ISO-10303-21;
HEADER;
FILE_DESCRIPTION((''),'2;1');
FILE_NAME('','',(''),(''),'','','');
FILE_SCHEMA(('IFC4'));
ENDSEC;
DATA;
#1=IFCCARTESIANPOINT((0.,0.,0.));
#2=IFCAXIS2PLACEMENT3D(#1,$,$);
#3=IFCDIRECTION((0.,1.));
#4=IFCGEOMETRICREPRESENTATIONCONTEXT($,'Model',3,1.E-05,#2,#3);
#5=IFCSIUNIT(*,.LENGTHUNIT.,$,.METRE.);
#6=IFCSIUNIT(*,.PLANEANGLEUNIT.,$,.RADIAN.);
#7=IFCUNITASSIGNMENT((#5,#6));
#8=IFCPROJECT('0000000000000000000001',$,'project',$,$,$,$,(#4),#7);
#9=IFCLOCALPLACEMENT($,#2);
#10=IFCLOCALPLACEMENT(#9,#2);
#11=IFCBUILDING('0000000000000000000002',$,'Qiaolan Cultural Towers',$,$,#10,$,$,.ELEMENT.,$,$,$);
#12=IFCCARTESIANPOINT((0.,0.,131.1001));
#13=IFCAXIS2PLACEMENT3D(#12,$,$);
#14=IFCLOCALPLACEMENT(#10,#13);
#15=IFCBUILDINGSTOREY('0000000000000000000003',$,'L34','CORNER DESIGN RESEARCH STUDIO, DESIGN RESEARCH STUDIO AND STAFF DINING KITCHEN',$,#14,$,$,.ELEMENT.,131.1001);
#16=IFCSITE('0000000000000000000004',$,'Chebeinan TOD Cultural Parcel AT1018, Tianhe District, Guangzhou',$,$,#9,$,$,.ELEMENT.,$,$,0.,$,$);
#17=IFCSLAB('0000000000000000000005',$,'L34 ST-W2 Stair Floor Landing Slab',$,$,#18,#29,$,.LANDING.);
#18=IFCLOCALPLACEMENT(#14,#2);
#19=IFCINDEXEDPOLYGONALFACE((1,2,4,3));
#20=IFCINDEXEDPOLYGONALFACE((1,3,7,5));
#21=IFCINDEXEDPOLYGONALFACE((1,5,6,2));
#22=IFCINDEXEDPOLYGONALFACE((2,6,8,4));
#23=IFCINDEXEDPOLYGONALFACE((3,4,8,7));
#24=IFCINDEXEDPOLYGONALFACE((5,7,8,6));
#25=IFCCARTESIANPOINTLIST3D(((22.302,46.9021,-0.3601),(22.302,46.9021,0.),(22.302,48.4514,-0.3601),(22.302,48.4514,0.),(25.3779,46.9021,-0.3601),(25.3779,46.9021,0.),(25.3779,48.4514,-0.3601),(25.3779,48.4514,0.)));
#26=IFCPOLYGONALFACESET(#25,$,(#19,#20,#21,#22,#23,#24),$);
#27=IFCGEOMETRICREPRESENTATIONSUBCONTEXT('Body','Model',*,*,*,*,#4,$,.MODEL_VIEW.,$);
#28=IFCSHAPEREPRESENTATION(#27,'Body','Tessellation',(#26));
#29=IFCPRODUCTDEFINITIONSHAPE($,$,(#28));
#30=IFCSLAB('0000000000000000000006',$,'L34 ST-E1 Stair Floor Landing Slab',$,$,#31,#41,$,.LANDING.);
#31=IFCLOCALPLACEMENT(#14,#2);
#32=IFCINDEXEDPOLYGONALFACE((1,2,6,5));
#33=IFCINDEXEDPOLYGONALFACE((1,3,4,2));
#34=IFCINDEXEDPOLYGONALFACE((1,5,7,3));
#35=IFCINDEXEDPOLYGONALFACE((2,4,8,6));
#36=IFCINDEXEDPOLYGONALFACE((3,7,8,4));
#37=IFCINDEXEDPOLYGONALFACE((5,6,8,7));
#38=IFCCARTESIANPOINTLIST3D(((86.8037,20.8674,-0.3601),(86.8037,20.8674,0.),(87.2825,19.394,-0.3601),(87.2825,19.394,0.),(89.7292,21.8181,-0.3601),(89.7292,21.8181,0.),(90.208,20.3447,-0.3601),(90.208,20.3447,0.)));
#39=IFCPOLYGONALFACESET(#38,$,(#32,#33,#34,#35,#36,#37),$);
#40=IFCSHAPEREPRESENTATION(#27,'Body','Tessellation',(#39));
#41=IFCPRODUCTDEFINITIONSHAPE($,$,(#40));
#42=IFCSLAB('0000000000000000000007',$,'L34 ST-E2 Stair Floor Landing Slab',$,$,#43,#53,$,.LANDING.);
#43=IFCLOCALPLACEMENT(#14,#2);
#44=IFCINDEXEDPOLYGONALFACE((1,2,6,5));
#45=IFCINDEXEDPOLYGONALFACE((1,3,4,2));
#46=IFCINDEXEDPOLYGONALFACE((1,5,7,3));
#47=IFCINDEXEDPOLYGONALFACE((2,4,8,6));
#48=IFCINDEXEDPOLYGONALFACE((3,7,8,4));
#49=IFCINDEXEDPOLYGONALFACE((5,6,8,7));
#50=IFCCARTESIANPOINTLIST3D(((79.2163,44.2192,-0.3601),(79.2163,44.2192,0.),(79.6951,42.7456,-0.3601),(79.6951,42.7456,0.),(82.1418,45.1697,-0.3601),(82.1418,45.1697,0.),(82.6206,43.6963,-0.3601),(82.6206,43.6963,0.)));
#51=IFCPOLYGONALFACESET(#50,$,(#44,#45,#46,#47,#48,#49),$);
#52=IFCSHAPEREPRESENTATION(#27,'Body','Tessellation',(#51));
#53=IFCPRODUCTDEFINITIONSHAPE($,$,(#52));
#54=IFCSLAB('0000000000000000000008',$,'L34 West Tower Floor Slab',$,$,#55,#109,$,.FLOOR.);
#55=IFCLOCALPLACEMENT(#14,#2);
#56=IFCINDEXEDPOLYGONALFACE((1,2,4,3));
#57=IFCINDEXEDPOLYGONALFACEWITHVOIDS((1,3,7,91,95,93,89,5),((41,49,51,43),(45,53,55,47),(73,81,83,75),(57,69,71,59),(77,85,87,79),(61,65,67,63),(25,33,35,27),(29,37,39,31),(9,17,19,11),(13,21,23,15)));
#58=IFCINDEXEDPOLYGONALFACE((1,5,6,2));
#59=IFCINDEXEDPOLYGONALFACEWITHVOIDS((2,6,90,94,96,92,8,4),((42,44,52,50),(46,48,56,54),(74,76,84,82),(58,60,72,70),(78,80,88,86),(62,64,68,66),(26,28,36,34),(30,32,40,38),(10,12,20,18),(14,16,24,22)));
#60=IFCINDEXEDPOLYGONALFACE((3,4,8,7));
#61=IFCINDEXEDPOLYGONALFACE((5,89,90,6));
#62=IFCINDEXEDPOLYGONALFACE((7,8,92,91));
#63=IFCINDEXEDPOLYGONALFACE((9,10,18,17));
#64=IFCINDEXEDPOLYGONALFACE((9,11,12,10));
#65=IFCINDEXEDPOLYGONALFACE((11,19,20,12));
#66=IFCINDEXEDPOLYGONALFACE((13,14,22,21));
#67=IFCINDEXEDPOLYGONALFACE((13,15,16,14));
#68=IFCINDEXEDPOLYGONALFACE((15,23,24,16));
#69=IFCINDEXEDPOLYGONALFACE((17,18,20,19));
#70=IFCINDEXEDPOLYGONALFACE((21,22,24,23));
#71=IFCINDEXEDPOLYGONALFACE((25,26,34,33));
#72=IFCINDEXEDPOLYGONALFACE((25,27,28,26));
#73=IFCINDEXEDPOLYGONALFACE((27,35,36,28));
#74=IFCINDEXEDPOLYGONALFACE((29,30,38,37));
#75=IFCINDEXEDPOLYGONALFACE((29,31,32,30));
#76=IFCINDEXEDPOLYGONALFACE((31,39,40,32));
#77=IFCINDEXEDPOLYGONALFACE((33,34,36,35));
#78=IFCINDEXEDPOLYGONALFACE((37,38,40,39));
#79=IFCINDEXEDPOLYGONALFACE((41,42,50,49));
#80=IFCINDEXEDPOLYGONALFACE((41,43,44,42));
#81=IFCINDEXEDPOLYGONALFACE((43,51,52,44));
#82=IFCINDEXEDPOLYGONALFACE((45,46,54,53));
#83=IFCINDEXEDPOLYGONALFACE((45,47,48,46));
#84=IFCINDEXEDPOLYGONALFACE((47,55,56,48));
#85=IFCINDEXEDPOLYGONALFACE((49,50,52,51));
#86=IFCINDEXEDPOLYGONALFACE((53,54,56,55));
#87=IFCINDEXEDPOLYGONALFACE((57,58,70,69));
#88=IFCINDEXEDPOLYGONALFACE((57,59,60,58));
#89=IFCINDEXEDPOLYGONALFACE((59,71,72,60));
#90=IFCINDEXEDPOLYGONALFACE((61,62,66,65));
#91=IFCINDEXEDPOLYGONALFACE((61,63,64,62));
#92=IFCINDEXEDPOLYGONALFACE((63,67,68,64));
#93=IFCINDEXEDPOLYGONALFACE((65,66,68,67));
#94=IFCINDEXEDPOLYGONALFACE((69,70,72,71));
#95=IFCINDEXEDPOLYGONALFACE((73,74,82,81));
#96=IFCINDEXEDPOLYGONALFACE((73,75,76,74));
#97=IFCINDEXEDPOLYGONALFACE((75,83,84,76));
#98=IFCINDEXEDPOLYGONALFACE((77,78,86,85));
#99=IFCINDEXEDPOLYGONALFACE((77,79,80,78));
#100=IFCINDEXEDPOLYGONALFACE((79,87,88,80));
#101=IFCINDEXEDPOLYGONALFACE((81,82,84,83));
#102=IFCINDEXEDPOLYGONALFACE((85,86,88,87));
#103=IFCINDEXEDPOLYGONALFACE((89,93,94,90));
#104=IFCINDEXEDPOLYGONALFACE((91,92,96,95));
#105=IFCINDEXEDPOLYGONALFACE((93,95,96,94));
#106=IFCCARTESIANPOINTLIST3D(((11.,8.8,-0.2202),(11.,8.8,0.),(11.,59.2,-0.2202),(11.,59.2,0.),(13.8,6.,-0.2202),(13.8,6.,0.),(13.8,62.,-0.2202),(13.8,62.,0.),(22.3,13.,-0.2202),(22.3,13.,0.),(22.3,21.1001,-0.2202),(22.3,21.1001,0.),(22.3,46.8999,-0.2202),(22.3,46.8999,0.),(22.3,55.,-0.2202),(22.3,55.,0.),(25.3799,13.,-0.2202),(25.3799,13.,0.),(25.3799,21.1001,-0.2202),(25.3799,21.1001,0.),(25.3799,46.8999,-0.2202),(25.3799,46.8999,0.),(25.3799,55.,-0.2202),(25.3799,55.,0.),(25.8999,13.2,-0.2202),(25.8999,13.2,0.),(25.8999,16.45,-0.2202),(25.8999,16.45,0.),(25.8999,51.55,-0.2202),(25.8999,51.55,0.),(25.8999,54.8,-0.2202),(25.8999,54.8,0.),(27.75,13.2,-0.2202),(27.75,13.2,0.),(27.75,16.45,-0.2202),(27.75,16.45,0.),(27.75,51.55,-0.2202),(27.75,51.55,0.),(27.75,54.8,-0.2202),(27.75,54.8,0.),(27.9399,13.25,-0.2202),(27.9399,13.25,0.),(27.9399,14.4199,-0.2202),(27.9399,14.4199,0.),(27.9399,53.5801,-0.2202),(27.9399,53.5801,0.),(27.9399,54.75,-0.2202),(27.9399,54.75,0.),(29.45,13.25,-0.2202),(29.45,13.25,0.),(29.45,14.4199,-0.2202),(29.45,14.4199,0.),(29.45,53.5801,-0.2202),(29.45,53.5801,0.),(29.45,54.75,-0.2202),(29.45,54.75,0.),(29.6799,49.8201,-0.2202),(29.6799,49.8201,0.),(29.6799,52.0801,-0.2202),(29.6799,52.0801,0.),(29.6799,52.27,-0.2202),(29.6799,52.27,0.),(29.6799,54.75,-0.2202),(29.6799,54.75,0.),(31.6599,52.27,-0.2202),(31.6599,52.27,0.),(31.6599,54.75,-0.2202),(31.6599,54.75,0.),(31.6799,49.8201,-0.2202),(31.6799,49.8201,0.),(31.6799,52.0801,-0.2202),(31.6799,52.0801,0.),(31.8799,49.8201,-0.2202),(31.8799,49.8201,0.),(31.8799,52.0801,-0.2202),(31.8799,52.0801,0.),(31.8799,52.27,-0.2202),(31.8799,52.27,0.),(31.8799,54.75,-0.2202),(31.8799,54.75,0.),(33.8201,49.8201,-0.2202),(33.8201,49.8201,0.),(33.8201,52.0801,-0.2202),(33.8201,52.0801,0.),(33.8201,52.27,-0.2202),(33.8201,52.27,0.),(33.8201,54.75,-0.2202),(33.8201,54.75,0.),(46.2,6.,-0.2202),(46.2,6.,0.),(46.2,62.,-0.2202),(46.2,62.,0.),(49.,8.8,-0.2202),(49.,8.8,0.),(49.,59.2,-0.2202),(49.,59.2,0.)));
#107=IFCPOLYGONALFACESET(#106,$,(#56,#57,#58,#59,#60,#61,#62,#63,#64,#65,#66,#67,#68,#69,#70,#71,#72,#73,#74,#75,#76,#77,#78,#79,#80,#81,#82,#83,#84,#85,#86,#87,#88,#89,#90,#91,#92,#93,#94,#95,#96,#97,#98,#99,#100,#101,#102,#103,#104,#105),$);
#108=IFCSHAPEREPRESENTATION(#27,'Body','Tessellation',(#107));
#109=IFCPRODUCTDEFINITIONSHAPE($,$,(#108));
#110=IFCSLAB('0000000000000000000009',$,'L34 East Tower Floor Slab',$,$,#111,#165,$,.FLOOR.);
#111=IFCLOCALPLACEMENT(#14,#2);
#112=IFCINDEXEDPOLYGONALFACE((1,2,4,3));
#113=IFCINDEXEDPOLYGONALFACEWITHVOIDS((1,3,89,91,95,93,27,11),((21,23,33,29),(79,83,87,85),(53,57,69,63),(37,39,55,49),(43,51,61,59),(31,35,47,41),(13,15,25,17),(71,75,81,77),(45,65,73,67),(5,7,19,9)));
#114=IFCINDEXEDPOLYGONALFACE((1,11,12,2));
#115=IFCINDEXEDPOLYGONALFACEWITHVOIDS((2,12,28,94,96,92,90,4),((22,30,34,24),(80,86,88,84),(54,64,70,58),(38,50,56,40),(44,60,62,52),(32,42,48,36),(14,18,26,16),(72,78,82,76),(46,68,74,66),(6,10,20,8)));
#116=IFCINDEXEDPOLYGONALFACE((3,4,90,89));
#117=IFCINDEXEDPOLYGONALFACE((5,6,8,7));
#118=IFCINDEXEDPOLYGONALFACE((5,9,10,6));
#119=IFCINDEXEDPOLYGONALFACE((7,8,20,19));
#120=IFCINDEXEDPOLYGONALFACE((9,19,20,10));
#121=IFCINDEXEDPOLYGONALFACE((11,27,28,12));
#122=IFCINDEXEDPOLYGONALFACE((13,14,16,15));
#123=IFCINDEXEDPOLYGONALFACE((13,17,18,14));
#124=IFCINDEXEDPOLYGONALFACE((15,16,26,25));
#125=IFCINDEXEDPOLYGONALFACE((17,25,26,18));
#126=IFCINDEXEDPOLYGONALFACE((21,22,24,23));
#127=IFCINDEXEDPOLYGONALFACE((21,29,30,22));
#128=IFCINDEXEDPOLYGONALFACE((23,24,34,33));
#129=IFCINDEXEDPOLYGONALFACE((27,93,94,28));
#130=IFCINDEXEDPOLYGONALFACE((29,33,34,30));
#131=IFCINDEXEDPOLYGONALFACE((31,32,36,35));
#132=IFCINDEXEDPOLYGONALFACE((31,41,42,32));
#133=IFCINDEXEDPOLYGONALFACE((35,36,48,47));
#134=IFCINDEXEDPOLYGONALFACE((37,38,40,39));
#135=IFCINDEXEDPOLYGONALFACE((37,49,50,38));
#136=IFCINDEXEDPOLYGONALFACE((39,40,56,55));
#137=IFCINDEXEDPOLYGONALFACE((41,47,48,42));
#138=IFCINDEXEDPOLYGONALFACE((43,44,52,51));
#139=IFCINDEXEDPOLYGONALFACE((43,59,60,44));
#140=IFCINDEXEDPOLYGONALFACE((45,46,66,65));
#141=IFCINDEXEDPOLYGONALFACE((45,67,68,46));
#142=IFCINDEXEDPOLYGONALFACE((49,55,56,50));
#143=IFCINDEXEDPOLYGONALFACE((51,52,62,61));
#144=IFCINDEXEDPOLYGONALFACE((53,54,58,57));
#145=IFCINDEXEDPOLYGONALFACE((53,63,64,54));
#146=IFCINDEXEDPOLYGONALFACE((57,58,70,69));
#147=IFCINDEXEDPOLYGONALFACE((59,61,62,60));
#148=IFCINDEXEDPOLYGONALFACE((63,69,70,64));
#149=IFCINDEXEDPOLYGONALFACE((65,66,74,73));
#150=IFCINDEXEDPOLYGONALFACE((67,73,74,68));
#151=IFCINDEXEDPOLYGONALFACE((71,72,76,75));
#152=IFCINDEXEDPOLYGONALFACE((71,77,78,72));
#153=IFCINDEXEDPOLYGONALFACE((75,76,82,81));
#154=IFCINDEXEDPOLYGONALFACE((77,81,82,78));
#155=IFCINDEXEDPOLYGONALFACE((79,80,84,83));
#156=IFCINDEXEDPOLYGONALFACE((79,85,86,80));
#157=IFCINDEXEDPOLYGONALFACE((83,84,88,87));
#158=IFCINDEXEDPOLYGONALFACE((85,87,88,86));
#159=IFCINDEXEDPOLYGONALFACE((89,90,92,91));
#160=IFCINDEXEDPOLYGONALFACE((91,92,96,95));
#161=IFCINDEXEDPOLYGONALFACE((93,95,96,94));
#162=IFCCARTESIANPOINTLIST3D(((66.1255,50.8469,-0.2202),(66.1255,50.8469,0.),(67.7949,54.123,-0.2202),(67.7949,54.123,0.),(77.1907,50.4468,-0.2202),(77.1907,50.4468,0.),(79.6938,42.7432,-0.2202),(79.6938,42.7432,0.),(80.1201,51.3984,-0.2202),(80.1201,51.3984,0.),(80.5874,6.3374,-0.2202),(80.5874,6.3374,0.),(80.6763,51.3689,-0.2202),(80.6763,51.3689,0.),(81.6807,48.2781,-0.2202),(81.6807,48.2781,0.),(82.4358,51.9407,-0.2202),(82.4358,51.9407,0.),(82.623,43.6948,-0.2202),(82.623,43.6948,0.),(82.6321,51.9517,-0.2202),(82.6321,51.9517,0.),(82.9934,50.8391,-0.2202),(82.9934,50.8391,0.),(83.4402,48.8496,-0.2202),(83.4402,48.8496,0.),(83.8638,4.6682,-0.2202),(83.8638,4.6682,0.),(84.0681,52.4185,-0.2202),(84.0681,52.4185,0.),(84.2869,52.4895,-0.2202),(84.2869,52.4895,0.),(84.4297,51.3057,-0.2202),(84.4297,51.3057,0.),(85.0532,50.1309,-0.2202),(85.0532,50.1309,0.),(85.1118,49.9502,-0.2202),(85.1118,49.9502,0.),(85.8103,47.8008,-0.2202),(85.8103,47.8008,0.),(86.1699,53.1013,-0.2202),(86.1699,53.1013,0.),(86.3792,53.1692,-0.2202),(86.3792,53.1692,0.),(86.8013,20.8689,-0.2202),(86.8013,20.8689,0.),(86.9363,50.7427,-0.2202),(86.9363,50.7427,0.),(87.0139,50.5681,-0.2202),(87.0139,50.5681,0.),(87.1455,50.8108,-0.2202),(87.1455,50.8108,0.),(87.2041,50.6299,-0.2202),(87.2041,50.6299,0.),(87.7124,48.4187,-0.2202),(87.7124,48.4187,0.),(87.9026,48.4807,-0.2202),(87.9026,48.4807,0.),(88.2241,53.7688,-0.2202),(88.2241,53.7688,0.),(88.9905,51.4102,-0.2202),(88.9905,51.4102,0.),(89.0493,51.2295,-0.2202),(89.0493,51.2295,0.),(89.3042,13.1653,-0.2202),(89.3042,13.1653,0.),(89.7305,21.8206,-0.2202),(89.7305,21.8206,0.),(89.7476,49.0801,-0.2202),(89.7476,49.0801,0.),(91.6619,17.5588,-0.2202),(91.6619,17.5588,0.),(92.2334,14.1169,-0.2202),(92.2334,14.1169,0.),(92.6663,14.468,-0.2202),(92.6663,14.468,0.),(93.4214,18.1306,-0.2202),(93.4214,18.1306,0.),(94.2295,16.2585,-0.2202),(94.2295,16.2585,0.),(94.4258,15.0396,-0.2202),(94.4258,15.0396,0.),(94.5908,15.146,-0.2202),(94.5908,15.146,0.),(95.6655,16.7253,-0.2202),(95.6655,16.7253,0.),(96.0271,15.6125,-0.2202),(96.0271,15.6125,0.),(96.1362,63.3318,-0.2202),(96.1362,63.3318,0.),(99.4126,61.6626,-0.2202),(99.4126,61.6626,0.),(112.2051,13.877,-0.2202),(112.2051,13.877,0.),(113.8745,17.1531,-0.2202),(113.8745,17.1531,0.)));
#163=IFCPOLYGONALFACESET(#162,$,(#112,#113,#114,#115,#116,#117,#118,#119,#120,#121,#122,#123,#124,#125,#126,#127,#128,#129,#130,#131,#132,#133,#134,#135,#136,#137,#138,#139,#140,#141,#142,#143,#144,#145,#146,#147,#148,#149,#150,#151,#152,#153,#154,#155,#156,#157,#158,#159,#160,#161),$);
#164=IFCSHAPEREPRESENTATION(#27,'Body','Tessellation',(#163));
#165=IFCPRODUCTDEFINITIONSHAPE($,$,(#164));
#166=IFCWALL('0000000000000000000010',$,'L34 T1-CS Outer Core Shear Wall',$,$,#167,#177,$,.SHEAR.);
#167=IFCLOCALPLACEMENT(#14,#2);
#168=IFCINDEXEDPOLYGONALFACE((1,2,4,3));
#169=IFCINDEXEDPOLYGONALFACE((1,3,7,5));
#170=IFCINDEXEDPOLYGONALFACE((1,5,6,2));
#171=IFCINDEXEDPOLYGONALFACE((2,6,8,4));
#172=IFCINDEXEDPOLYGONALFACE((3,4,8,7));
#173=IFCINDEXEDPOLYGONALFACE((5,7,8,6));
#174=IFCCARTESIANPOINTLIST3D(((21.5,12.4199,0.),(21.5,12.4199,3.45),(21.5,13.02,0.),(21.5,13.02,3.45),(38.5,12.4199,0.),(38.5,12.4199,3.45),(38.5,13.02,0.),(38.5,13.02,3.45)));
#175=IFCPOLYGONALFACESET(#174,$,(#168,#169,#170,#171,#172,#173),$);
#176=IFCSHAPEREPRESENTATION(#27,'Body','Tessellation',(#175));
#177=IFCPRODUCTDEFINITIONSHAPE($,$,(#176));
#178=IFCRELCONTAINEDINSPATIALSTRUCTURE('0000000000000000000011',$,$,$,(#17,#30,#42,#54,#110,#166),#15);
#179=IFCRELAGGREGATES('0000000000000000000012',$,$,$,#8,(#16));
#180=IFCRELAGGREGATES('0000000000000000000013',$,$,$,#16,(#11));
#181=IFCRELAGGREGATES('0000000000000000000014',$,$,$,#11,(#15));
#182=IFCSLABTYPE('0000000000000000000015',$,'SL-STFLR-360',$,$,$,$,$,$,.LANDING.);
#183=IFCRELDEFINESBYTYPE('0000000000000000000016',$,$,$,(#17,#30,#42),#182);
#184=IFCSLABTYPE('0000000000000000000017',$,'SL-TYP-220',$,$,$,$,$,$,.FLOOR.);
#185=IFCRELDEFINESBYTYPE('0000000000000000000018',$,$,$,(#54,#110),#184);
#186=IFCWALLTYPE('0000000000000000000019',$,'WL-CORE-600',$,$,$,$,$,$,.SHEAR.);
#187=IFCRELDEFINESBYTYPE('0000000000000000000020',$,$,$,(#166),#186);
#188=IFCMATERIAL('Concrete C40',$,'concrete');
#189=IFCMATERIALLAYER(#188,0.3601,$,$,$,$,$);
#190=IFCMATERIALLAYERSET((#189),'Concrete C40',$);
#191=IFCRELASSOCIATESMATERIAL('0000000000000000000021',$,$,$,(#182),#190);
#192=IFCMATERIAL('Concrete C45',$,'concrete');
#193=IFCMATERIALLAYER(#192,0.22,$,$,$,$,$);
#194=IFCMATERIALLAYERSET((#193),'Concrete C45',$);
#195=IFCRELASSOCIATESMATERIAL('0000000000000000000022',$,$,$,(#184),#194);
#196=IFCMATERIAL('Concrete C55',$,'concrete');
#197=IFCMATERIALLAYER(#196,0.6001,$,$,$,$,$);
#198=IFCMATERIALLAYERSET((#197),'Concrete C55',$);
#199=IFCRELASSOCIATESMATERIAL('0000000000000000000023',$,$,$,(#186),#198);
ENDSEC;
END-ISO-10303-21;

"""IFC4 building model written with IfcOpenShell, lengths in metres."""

from ifc_helpers import new_model, si_unit, direction, frame, frame_2d, origin, place, context, subcontext, project, spatial, polyline, rectangle, outline, extrude, material, layer, layer_set, type_object, element, save


model = new_model("IFC4")

# Units and contexts
model_context = context("Model", 3, precision=1e-05, world=origin(), true_north=direction((0.0, 1.0)))
body_context = subcontext(model_context, "Body", "Model", "MODEL_VIEW")
ifc_project = project(units=[si_unit("LENGTHUNIT", "METRE"), si_unit("PLANEANGLEUNIT", "RADIAN")], contexts=[model_context])

# Site, building, storey
site_placement = place(None, origin())
site = spatial("IfcSite", under=ifc_project, at=site_placement, Name="Chebeinan TOD Cultural Parcel AT1018, Tianhe District, Guangzhou", CompositionType="ELEMENT", RefElevation=0.0)
building_placement = place(site_placement, origin())
building = spatial("IfcBuilding", under=site, at=building_placement, Name="Qiaolan Cultural Towers", CompositionType="ELEMENT")
storey_placement = place(building_placement, frame((0.0, 0.0, 131.1001)))
storey = spatial("IfcBuildingStorey", under=building, at=storey_placement, Name="L34", Description="CORNER DESIGN RESEARCH STUDIO, DESIGN RESEARCH STUDIO AND STAFF DINING KITCHEN", CompositionType="ELEMENT", Elevation=131.1001)

# Slabs
ifc_material_1 = material(Name="Concrete C40", Category="concrete")
ifc_layer_1 = layer(ifc_material_1, 0.3601)
ifc_layer_set_1 = layer_set([ifc_layer_1], Name="Concrete C40")
slab_type_1 = type_object("IfcSlabType", Name="SL-STFLR-360", PredefinedType="LANDING", material=ifc_layer_set_1)
slab_1_placement = place(storey_placement, frame((0.0, 0.0, -0.3601)))
element("IfcSlab", 1, at=slab_1_placement, inside=storey, type_object=slab_type_1, Name="L34 ST-W2 Stair Floor Landing Slab", PredefinedType="LANDING", context=body_context, shape_type="SweptSolid", body=[
    extrude(outline(polyline([(25.3779, 46.9021), (25.3779, 48.4514), (22.302, 48.4514), (22.302, 46.9021), (25.3779, 46.9021)])), origin(), (0.0, 0.0, 1.0), 0.3601),
])
slab_2_placement = place(storey_placement, frame((0.0, 0.0, -0.3601)))
element("IfcSlab", 2, at=slab_2_placement, inside=storey, type_object=slab_type_1, Name="L34 ST-E1 Stair Floor Landing Slab", PredefinedType="LANDING", context=body_context, shape_type="SweptSolid", body=[
    extrude(outline(polyline([(86.8037, 20.8674), (87.2825, 19.394), (90.208, 20.3447), (89.7292, 21.8181), (86.8037, 20.8674)])), origin(), (0.0, 0.0, 1.0), 0.3601),
])
slab_3_placement = place(storey_placement, frame((0.0, 0.0, -0.3601)))
element("IfcSlab", 3, at=slab_3_placement, inside=storey, type_object=slab_type_1, Name="L34 ST-E2 Stair Floor Landing Slab", PredefinedType="LANDING", context=body_context, shape_type="SweptSolid", body=[
    extrude(outline(polyline([(82.6206, 43.6963), (82.1418, 45.1697), (79.2163, 44.2192), (79.6951, 42.7456), (82.6206, 43.6963)])), origin(), (0.0, 0.0, 1.0), 0.3601),
])
ifc_material_2 = material(Name="Concrete C45", Category="concrete")
ifc_layer_2 = layer(ifc_material_2, 0.22)
ifc_layer_set_2 = layer_set([ifc_layer_2], Name="Concrete C45")
slab_type_2 = type_object("IfcSlabType", Name="SL-TYP-220", PredefinedType="FLOOR", material=ifc_layer_set_2)
slab_4_placement = place(storey_placement, frame((0.0, 0.0, -0.2202)))
element("IfcSlab", 4, at=slab_4_placement, inside=storey, type_object=slab_type_2, Name="L34 West Tower Floor Slab", PredefinedType="FLOOR", context=body_context, shape_type="SweptSolid", body=[
    extrude(outline(polyline([(13.8, 6.0), (46.2, 6.0), (49.0, 8.8), (49.0, 59.2), (46.2, 62.0), (13.8, 62.0), (11.0, 59.2), (11.0, 8.8), (13.8, 6.0)]), holes=[polyline([(22.3, 21.1001), (22.3, 13.0), (25.3799, 13.0), (25.3799, 21.1001), (22.3, 21.1001)]), polyline([(25.3799, 46.8999), (25.3799, 55.0), (22.3, 55.0), (22.3, 46.8999), (25.3799, 46.8999)]), polyline([(25.8999, 13.2), (27.75, 13.2), (27.75, 16.45), (25.8999, 16.45), (25.8999, 13.2)]), polyline([(27.9399, 13.25), (29.45, 13.25), (29.45, 14.4199), (27.9399, 14.4199), (27.9399, 13.25)]), polyline([(25.8999, 51.55), (27.75, 51.55), (27.75, 54.8), (25.8999, 54.8), (25.8999, 51.55)]), polyline([(27.9399, 53.5801), (29.45, 53.5801), (29.45, 54.75), (27.9399, 54.75), (27.9399, 53.5801)]), polyline([(29.6799, 49.8201), (31.6799, 49.8201), (31.6799, 52.0801), (29.6799, 52.0801), (29.6799, 49.8201)]), polyline([(31.8799, 49.8201), (33.8201, 49.8201), (33.8201, 52.0801), (31.8799, 52.0801), (31.8799, 49.8201)]), polyline([(29.6799, 52.27), (31.6599, 52.27), (31.6599, 54.75), (29.6799, 54.75), (29.6799, 52.27)]), polyline([(31.8799, 52.27), (33.8201, 52.27), (33.8201, 54.75), (31.8799, 54.75), (31.8799, 52.27)])]), origin(), (0.0, 0.0, 1.0), 0.2202),
])
slab_5_placement = place(storey_placement, frame((0.0, 0.0, -0.2202)))
element("IfcSlab", 5, at=slab_5_placement, inside=storey, type_object=slab_type_2, Name="L34 East Tower Floor Slab", PredefinedType="FLOOR", context=body_context, shape_type="SweptSolid", body=[
    extrude(outline(polyline([(83.8638, 4.6682), (112.2051, 13.877), (113.8745, 17.1531), (99.4126, 61.6626), (96.1362, 63.3318), (67.7949, 54.123), (66.1255, 50.8469), (80.5874, 6.3374), (83.8638, 4.6682)]), holes=[polyline([(86.8013, 20.8689), (89.3042, 13.1653), (92.2334, 14.1169), (89.7305, 21.8206), (86.8013, 20.8689)]), polyline([(82.623, 43.6948), (80.1201, 51.3984), (77.1907, 50.4468), (79.6938, 42.7432), (82.623, 43.6948)]), polyline([(92.6663, 14.468), (94.4258, 15.0396), (93.4214, 18.1306), (91.6619, 17.5588), (92.6663, 14.468)]), polyline([(94.5908, 15.146), (96.0271, 15.6125), (95.6655, 16.7253), (94.2295, 16.2585), (94.5908, 15.146)]), polyline([(81.6807, 48.2781), (83.4402, 48.8496), (82.4358, 51.9407), (80.6763, 51.3689), (81.6807, 48.2781)]), polyline([(82.9934, 50.8391), (84.4297, 51.3057), (84.0681, 52.4185), (82.6321, 51.9517), (82.9934, 50.8391)]), polyline([(85.8103, 47.8008), (87.7124, 48.4187), (87.0139, 50.5681), (85.1118, 49.9502), (85.8103, 47.8008)]), polyline([(87.9026, 48.4807), (89.7476, 49.0801), (89.0493, 51.2295), (87.2041, 50.6299), (87.9026, 48.4807)]), polyline([(85.0532, 50.1309), (86.9363, 50.7427), (86.1699, 53.1013), (84.2869, 52.4895), (85.0532, 50.1309)]), polyline([(87.1455, 50.8108), (88.9905, 51.4102), (88.2241, 53.7688), (86.3792, 53.1692), (87.1455, 50.8108)])]), origin(), (0.0, 0.0, 1.0), 0.2202),
])

# Wall
ifc_material_3 = material(Name="Concrete C55", Category="concrete")
ifc_layer_3 = layer(ifc_material_3, 0.6001)
ifc_layer_set_3 = layer_set([ifc_layer_3], Name="Concrete C55")
wall_type_1 = type_object("IfcWallType", Name="WL-CORE-600", PredefinedType="SHEAR", material=ifc_layer_set_3)
wall_1_placement = place(storey_placement, frame((21.5, 12.72, 0.0), z_axis=(0.0, 0.0, 1.0), x_axis=(1.0, 0.0, 0.0)))
element("IfcWall", 6, at=wall_1_placement, inside=storey, type_object=wall_type_1, Name="L34 T1-CS Outer Core Shear Wall", PredefinedType="SHEAR", context=body_context, shape_type="SweptSolid", body=[
    extrude(rectangle(XDim=17.0, YDim=0.6001, at=frame_2d((8.5, 0.0))), origin(), (0.0, 0.0, 1.0), 3.45),
])

save(model, "model.ifc")
